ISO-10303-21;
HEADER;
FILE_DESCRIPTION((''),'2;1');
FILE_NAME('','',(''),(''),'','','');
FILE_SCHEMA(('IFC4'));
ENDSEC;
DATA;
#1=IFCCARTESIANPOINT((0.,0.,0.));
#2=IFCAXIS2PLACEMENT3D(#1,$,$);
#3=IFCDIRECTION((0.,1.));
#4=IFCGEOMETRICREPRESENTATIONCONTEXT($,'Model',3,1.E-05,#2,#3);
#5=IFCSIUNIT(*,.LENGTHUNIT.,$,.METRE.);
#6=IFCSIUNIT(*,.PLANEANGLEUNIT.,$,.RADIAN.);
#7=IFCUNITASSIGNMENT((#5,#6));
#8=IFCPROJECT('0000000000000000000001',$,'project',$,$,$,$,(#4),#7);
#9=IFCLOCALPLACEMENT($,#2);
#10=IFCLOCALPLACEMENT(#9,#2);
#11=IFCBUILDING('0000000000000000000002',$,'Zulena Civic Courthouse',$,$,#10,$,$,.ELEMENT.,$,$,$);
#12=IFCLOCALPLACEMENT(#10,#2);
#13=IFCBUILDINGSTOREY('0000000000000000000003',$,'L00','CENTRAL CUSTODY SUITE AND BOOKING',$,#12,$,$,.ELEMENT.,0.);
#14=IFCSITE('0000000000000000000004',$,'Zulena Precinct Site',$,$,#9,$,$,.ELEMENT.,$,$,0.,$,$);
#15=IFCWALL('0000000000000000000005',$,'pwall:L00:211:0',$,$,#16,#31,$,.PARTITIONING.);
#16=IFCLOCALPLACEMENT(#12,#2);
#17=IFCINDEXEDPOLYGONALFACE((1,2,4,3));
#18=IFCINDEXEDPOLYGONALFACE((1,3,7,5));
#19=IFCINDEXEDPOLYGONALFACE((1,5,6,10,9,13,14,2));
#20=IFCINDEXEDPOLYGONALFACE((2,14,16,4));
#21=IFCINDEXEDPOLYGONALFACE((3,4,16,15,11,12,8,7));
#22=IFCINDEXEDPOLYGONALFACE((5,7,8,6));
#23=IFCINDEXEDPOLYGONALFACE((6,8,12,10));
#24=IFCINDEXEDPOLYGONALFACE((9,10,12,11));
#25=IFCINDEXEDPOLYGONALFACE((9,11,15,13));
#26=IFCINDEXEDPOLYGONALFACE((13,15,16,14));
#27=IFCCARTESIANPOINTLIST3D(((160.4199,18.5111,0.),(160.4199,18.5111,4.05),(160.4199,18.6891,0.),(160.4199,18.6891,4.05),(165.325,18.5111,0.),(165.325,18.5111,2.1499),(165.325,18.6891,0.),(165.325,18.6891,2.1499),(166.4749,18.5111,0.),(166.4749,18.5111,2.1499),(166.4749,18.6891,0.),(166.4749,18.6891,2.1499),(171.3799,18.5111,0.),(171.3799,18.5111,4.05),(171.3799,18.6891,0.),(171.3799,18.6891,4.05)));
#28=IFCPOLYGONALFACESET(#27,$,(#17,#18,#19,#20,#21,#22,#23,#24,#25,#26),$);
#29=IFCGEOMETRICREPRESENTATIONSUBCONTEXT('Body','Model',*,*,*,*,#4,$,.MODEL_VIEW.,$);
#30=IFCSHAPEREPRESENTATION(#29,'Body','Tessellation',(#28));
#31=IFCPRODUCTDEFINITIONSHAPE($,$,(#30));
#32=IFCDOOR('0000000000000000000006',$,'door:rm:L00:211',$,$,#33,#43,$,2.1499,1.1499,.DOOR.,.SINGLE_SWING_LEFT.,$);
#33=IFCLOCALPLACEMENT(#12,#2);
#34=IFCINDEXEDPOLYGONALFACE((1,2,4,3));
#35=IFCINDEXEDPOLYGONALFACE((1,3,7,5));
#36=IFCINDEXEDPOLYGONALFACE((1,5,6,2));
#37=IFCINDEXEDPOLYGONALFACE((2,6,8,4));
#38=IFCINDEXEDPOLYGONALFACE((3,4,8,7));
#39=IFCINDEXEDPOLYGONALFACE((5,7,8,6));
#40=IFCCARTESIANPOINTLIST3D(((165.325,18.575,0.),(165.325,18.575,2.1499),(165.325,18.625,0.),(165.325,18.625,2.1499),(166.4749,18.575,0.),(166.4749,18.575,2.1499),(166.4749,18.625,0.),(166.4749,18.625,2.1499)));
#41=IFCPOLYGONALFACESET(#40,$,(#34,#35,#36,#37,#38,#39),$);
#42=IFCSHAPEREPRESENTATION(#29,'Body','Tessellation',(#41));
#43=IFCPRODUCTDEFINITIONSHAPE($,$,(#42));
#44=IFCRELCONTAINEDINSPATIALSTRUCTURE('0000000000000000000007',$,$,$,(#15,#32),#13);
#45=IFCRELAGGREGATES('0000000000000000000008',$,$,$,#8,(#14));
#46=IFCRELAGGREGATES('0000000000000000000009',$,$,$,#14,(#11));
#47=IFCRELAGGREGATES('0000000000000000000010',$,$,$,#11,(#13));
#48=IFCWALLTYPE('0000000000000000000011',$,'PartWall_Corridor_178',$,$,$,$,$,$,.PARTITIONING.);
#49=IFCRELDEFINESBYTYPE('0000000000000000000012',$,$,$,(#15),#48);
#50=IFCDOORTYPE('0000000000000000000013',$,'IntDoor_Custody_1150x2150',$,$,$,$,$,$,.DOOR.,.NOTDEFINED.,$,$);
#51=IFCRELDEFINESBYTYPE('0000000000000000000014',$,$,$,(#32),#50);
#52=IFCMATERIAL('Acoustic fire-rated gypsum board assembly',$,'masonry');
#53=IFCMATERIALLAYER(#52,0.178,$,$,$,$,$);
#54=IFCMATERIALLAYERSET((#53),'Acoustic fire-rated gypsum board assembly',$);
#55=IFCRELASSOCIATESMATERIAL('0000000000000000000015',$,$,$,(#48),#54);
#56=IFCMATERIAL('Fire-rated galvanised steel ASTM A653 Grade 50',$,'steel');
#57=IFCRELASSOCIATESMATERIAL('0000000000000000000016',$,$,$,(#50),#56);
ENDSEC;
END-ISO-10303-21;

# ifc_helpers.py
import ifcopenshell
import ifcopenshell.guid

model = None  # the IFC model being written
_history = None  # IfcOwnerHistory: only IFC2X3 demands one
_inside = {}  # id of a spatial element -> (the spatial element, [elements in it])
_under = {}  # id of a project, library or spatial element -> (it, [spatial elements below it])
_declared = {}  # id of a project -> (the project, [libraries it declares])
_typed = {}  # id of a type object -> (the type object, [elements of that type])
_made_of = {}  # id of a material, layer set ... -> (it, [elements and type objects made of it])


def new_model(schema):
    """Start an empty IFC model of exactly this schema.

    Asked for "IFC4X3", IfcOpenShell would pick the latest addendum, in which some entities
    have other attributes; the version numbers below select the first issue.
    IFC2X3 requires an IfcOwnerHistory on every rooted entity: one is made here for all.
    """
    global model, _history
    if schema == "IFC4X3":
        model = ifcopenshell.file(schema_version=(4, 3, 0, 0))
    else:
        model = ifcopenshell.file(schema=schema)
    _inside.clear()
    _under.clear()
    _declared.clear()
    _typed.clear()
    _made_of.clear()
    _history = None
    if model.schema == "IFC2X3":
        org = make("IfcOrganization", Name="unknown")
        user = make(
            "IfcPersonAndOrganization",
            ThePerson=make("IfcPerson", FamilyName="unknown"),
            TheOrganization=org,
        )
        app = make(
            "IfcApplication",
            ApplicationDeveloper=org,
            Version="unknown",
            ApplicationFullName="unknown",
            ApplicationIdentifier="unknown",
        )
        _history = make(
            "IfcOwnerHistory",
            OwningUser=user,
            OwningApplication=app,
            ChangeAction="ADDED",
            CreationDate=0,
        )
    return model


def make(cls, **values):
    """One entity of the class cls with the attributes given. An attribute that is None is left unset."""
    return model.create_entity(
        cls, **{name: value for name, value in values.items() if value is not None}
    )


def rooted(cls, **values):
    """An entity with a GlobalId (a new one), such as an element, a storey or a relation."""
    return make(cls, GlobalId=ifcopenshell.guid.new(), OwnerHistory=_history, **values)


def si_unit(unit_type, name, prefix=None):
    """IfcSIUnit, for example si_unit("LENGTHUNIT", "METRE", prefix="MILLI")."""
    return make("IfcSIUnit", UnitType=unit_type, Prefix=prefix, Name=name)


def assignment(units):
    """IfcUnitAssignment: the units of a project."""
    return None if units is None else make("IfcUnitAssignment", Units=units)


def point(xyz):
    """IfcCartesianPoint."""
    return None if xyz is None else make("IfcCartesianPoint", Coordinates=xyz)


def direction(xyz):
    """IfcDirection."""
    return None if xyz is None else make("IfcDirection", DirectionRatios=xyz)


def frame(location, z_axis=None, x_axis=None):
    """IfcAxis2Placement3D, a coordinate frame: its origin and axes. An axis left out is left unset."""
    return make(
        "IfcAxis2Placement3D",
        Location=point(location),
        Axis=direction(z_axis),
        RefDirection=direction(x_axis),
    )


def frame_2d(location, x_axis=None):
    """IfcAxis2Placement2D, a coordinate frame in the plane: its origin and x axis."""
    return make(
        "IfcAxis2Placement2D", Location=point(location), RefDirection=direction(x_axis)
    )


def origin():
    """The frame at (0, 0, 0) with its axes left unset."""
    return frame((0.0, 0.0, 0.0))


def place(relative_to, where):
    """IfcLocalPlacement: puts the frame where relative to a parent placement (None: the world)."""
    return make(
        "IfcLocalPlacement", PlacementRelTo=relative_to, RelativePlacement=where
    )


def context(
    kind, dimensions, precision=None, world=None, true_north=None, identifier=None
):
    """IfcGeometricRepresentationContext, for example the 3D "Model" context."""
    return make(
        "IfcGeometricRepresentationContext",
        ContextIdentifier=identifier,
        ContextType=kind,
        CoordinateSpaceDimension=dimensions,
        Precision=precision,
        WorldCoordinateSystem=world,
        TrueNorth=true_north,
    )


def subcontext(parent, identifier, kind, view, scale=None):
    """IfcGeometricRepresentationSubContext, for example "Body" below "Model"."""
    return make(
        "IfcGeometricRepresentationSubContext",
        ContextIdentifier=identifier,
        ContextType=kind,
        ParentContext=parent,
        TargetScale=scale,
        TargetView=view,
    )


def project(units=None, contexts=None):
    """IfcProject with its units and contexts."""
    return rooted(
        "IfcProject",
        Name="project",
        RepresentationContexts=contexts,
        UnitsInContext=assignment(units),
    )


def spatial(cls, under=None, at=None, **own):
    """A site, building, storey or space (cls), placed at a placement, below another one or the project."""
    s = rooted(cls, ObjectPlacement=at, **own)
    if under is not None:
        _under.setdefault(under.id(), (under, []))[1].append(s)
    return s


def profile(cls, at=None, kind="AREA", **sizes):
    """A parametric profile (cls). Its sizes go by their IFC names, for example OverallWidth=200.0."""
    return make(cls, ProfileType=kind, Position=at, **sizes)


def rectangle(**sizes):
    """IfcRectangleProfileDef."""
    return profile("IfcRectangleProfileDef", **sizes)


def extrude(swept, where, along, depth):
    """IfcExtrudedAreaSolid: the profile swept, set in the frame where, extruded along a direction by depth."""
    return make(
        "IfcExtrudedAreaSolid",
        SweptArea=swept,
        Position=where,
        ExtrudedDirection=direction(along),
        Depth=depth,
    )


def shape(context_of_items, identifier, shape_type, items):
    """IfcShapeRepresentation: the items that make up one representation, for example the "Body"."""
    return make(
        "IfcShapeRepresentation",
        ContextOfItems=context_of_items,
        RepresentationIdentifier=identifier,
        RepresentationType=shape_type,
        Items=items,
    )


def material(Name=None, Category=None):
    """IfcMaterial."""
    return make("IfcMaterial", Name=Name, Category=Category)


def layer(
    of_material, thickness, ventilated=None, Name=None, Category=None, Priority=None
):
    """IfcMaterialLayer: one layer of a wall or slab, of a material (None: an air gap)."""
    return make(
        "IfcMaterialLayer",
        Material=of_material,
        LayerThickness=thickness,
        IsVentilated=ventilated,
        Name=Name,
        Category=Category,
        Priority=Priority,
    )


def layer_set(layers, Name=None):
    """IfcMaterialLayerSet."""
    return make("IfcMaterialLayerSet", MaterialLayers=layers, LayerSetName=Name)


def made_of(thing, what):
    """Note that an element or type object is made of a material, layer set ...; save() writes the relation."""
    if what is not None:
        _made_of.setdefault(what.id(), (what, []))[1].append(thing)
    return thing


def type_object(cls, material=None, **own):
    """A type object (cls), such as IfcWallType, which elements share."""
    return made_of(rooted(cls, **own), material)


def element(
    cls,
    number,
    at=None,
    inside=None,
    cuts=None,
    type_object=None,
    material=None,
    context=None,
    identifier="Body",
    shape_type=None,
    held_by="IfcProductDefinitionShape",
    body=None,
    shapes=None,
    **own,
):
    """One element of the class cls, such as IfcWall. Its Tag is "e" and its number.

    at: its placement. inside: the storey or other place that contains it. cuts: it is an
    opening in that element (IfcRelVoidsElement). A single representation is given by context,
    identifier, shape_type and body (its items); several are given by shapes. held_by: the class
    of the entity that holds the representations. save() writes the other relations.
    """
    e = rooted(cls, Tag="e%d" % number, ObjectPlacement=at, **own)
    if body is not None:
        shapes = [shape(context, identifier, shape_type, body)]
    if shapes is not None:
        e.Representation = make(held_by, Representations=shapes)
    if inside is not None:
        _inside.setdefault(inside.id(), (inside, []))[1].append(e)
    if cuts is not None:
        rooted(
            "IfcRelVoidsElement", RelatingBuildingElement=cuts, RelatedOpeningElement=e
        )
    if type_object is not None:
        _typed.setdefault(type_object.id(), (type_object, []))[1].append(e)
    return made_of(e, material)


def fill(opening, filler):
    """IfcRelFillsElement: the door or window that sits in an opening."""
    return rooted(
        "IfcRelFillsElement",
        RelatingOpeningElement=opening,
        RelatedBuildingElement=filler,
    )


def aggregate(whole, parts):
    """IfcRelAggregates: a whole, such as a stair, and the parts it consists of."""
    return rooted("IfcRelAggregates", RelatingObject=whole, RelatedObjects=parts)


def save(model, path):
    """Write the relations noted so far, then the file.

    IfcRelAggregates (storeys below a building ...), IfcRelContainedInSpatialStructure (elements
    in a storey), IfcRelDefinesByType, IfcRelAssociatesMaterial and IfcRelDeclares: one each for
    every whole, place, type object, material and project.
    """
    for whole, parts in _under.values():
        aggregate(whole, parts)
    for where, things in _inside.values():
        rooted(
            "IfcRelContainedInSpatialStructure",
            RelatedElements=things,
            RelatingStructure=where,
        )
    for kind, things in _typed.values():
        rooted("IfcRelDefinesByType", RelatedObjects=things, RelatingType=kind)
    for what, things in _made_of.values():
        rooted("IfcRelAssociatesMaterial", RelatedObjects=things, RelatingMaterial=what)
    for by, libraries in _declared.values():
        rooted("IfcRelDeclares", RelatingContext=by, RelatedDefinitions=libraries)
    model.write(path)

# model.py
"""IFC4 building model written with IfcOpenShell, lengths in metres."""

from ifc_helpers import new_model, si_unit, direction, frame, frame_2d, origin, place, context, subcontext, project, spatial, rectangle, extrude, material, layer, layer_set, type_object, element, fill, save


model = new_model("IFC4")

# Units and contexts
model_context = context("Model", 3, precision=1e-05, world=origin(), true_north=direction((0.0, 1.0)))
body_context = subcontext(model_context, "Body", "Model", "MODEL_VIEW")
ifc_project = project(units=[si_unit("LENGTHUNIT", "METRE"), si_unit("PLANEANGLEUNIT", "RADIAN")], contexts=[model_context])

# Site, building, storey
site_placement = place(None, origin())
site = spatial("IfcSite", under=ifc_project, at=site_placement, Name="Zulena Precinct Site", CompositionType="ELEMENT", RefElevation=0.0)
building_placement = place(site_placement, origin())
building = spatial("IfcBuilding", under=site, at=building_placement, Name="Zulena Civic Courthouse", CompositionType="ELEMENT")
storey_placement = place(building_placement, origin())
storey = spatial("IfcBuildingStorey", under=building, at=storey_placement, Name="L00", Description="CENTRAL CUSTODY SUITE AND BOOKING", CompositionType="ELEMENT", Elevation=0.0)

# Wall, opening, door
ifc_material_1 = material(Name="Acoustic fire-rated gypsum board assembly", Category="masonry")
ifc_layer_1 = layer(ifc_material_1, 0.178)
ifc_layer_set_1 = layer_set([ifc_layer_1], Name="Acoustic fire-rated gypsum board assembly")
wall_type_1 = type_object("IfcWallType", Name="PartWall_Corridor_178", PredefinedType="PARTITIONING", material=ifc_layer_set_1)
wall_1_placement = place(storey_placement, frame((160.4199, 18.6001, 0.0), z_axis=(0.0, 0.0, 1.0), x_axis=(1.0, 0.0, 0.0)))
wall_1 = element("IfcWall", 1, at=wall_1_placement, inside=storey, type_object=wall_type_1, Name="pwall:L00:211:0", PredefinedType="PARTITIONING", context=body_context, shape_type="SweptSolid", body=[
    extrude(rectangle(XDim=10.96, YDim=0.178, at=frame_2d((5.48, 0.0))), origin(), (0.0, 0.0, 1.0), 4.05),
])
opening_1_placement = place(wall_1_placement, frame((4.905, 0.0, 0.0)))
opening_1 = element("IfcOpeningElement", 2, at=opening_1_placement, cuts=wall_1, PredefinedType="OPENING", context=body_context, shape_type="SweptSolid", body=[
    extrude(rectangle(XDim=1.1499, YDim=2.1499, at=frame_2d((0.575, 1.075))), frame((0.0, 0.0989, 0.0), z_axis=(0.0, -1.0, 0.0), x_axis=(1.0, 0.0, 0.0)), (0.0, 0.0, 1.0), 0.198),
])
ifc_material_2 = material(Name="Fire-rated galvanised steel ASTM A653 Grade 50", Category="steel")
door_type_1 = type_object("IfcDoorType", Name="IntDoor_Custody_1150x2150", OperationType="NOTDEFINED", PredefinedType="DOOR", material=ifc_material_2)
door_1_placement = place(opening_1_placement, origin())
door_1 = element("IfcDoor", 3, at=door_1_placement, inside=storey, type_object=door_type_1, Name="door:rm:L00:211", OperationType="SINGLE_SWING_LEFT", OverallHeight=2.1499, OverallWidth=1.1499, PredefinedType="DOOR", context=body_context, shape_type="SweptSolid", body=[
    extrude(rectangle(XDim=1.1499, YDim=2.1499, at=frame_2d((0.575, 1.075))), frame((0.0, 0.0249, 0.0), z_axis=(0.0, -1.0, 0.0), x_axis=(1.0, 0.0, 0.0)), (0.0, 0.0, 1.0), 0.05),
])
fill(opening_1, door_1)

save(model, "model.ifc")
